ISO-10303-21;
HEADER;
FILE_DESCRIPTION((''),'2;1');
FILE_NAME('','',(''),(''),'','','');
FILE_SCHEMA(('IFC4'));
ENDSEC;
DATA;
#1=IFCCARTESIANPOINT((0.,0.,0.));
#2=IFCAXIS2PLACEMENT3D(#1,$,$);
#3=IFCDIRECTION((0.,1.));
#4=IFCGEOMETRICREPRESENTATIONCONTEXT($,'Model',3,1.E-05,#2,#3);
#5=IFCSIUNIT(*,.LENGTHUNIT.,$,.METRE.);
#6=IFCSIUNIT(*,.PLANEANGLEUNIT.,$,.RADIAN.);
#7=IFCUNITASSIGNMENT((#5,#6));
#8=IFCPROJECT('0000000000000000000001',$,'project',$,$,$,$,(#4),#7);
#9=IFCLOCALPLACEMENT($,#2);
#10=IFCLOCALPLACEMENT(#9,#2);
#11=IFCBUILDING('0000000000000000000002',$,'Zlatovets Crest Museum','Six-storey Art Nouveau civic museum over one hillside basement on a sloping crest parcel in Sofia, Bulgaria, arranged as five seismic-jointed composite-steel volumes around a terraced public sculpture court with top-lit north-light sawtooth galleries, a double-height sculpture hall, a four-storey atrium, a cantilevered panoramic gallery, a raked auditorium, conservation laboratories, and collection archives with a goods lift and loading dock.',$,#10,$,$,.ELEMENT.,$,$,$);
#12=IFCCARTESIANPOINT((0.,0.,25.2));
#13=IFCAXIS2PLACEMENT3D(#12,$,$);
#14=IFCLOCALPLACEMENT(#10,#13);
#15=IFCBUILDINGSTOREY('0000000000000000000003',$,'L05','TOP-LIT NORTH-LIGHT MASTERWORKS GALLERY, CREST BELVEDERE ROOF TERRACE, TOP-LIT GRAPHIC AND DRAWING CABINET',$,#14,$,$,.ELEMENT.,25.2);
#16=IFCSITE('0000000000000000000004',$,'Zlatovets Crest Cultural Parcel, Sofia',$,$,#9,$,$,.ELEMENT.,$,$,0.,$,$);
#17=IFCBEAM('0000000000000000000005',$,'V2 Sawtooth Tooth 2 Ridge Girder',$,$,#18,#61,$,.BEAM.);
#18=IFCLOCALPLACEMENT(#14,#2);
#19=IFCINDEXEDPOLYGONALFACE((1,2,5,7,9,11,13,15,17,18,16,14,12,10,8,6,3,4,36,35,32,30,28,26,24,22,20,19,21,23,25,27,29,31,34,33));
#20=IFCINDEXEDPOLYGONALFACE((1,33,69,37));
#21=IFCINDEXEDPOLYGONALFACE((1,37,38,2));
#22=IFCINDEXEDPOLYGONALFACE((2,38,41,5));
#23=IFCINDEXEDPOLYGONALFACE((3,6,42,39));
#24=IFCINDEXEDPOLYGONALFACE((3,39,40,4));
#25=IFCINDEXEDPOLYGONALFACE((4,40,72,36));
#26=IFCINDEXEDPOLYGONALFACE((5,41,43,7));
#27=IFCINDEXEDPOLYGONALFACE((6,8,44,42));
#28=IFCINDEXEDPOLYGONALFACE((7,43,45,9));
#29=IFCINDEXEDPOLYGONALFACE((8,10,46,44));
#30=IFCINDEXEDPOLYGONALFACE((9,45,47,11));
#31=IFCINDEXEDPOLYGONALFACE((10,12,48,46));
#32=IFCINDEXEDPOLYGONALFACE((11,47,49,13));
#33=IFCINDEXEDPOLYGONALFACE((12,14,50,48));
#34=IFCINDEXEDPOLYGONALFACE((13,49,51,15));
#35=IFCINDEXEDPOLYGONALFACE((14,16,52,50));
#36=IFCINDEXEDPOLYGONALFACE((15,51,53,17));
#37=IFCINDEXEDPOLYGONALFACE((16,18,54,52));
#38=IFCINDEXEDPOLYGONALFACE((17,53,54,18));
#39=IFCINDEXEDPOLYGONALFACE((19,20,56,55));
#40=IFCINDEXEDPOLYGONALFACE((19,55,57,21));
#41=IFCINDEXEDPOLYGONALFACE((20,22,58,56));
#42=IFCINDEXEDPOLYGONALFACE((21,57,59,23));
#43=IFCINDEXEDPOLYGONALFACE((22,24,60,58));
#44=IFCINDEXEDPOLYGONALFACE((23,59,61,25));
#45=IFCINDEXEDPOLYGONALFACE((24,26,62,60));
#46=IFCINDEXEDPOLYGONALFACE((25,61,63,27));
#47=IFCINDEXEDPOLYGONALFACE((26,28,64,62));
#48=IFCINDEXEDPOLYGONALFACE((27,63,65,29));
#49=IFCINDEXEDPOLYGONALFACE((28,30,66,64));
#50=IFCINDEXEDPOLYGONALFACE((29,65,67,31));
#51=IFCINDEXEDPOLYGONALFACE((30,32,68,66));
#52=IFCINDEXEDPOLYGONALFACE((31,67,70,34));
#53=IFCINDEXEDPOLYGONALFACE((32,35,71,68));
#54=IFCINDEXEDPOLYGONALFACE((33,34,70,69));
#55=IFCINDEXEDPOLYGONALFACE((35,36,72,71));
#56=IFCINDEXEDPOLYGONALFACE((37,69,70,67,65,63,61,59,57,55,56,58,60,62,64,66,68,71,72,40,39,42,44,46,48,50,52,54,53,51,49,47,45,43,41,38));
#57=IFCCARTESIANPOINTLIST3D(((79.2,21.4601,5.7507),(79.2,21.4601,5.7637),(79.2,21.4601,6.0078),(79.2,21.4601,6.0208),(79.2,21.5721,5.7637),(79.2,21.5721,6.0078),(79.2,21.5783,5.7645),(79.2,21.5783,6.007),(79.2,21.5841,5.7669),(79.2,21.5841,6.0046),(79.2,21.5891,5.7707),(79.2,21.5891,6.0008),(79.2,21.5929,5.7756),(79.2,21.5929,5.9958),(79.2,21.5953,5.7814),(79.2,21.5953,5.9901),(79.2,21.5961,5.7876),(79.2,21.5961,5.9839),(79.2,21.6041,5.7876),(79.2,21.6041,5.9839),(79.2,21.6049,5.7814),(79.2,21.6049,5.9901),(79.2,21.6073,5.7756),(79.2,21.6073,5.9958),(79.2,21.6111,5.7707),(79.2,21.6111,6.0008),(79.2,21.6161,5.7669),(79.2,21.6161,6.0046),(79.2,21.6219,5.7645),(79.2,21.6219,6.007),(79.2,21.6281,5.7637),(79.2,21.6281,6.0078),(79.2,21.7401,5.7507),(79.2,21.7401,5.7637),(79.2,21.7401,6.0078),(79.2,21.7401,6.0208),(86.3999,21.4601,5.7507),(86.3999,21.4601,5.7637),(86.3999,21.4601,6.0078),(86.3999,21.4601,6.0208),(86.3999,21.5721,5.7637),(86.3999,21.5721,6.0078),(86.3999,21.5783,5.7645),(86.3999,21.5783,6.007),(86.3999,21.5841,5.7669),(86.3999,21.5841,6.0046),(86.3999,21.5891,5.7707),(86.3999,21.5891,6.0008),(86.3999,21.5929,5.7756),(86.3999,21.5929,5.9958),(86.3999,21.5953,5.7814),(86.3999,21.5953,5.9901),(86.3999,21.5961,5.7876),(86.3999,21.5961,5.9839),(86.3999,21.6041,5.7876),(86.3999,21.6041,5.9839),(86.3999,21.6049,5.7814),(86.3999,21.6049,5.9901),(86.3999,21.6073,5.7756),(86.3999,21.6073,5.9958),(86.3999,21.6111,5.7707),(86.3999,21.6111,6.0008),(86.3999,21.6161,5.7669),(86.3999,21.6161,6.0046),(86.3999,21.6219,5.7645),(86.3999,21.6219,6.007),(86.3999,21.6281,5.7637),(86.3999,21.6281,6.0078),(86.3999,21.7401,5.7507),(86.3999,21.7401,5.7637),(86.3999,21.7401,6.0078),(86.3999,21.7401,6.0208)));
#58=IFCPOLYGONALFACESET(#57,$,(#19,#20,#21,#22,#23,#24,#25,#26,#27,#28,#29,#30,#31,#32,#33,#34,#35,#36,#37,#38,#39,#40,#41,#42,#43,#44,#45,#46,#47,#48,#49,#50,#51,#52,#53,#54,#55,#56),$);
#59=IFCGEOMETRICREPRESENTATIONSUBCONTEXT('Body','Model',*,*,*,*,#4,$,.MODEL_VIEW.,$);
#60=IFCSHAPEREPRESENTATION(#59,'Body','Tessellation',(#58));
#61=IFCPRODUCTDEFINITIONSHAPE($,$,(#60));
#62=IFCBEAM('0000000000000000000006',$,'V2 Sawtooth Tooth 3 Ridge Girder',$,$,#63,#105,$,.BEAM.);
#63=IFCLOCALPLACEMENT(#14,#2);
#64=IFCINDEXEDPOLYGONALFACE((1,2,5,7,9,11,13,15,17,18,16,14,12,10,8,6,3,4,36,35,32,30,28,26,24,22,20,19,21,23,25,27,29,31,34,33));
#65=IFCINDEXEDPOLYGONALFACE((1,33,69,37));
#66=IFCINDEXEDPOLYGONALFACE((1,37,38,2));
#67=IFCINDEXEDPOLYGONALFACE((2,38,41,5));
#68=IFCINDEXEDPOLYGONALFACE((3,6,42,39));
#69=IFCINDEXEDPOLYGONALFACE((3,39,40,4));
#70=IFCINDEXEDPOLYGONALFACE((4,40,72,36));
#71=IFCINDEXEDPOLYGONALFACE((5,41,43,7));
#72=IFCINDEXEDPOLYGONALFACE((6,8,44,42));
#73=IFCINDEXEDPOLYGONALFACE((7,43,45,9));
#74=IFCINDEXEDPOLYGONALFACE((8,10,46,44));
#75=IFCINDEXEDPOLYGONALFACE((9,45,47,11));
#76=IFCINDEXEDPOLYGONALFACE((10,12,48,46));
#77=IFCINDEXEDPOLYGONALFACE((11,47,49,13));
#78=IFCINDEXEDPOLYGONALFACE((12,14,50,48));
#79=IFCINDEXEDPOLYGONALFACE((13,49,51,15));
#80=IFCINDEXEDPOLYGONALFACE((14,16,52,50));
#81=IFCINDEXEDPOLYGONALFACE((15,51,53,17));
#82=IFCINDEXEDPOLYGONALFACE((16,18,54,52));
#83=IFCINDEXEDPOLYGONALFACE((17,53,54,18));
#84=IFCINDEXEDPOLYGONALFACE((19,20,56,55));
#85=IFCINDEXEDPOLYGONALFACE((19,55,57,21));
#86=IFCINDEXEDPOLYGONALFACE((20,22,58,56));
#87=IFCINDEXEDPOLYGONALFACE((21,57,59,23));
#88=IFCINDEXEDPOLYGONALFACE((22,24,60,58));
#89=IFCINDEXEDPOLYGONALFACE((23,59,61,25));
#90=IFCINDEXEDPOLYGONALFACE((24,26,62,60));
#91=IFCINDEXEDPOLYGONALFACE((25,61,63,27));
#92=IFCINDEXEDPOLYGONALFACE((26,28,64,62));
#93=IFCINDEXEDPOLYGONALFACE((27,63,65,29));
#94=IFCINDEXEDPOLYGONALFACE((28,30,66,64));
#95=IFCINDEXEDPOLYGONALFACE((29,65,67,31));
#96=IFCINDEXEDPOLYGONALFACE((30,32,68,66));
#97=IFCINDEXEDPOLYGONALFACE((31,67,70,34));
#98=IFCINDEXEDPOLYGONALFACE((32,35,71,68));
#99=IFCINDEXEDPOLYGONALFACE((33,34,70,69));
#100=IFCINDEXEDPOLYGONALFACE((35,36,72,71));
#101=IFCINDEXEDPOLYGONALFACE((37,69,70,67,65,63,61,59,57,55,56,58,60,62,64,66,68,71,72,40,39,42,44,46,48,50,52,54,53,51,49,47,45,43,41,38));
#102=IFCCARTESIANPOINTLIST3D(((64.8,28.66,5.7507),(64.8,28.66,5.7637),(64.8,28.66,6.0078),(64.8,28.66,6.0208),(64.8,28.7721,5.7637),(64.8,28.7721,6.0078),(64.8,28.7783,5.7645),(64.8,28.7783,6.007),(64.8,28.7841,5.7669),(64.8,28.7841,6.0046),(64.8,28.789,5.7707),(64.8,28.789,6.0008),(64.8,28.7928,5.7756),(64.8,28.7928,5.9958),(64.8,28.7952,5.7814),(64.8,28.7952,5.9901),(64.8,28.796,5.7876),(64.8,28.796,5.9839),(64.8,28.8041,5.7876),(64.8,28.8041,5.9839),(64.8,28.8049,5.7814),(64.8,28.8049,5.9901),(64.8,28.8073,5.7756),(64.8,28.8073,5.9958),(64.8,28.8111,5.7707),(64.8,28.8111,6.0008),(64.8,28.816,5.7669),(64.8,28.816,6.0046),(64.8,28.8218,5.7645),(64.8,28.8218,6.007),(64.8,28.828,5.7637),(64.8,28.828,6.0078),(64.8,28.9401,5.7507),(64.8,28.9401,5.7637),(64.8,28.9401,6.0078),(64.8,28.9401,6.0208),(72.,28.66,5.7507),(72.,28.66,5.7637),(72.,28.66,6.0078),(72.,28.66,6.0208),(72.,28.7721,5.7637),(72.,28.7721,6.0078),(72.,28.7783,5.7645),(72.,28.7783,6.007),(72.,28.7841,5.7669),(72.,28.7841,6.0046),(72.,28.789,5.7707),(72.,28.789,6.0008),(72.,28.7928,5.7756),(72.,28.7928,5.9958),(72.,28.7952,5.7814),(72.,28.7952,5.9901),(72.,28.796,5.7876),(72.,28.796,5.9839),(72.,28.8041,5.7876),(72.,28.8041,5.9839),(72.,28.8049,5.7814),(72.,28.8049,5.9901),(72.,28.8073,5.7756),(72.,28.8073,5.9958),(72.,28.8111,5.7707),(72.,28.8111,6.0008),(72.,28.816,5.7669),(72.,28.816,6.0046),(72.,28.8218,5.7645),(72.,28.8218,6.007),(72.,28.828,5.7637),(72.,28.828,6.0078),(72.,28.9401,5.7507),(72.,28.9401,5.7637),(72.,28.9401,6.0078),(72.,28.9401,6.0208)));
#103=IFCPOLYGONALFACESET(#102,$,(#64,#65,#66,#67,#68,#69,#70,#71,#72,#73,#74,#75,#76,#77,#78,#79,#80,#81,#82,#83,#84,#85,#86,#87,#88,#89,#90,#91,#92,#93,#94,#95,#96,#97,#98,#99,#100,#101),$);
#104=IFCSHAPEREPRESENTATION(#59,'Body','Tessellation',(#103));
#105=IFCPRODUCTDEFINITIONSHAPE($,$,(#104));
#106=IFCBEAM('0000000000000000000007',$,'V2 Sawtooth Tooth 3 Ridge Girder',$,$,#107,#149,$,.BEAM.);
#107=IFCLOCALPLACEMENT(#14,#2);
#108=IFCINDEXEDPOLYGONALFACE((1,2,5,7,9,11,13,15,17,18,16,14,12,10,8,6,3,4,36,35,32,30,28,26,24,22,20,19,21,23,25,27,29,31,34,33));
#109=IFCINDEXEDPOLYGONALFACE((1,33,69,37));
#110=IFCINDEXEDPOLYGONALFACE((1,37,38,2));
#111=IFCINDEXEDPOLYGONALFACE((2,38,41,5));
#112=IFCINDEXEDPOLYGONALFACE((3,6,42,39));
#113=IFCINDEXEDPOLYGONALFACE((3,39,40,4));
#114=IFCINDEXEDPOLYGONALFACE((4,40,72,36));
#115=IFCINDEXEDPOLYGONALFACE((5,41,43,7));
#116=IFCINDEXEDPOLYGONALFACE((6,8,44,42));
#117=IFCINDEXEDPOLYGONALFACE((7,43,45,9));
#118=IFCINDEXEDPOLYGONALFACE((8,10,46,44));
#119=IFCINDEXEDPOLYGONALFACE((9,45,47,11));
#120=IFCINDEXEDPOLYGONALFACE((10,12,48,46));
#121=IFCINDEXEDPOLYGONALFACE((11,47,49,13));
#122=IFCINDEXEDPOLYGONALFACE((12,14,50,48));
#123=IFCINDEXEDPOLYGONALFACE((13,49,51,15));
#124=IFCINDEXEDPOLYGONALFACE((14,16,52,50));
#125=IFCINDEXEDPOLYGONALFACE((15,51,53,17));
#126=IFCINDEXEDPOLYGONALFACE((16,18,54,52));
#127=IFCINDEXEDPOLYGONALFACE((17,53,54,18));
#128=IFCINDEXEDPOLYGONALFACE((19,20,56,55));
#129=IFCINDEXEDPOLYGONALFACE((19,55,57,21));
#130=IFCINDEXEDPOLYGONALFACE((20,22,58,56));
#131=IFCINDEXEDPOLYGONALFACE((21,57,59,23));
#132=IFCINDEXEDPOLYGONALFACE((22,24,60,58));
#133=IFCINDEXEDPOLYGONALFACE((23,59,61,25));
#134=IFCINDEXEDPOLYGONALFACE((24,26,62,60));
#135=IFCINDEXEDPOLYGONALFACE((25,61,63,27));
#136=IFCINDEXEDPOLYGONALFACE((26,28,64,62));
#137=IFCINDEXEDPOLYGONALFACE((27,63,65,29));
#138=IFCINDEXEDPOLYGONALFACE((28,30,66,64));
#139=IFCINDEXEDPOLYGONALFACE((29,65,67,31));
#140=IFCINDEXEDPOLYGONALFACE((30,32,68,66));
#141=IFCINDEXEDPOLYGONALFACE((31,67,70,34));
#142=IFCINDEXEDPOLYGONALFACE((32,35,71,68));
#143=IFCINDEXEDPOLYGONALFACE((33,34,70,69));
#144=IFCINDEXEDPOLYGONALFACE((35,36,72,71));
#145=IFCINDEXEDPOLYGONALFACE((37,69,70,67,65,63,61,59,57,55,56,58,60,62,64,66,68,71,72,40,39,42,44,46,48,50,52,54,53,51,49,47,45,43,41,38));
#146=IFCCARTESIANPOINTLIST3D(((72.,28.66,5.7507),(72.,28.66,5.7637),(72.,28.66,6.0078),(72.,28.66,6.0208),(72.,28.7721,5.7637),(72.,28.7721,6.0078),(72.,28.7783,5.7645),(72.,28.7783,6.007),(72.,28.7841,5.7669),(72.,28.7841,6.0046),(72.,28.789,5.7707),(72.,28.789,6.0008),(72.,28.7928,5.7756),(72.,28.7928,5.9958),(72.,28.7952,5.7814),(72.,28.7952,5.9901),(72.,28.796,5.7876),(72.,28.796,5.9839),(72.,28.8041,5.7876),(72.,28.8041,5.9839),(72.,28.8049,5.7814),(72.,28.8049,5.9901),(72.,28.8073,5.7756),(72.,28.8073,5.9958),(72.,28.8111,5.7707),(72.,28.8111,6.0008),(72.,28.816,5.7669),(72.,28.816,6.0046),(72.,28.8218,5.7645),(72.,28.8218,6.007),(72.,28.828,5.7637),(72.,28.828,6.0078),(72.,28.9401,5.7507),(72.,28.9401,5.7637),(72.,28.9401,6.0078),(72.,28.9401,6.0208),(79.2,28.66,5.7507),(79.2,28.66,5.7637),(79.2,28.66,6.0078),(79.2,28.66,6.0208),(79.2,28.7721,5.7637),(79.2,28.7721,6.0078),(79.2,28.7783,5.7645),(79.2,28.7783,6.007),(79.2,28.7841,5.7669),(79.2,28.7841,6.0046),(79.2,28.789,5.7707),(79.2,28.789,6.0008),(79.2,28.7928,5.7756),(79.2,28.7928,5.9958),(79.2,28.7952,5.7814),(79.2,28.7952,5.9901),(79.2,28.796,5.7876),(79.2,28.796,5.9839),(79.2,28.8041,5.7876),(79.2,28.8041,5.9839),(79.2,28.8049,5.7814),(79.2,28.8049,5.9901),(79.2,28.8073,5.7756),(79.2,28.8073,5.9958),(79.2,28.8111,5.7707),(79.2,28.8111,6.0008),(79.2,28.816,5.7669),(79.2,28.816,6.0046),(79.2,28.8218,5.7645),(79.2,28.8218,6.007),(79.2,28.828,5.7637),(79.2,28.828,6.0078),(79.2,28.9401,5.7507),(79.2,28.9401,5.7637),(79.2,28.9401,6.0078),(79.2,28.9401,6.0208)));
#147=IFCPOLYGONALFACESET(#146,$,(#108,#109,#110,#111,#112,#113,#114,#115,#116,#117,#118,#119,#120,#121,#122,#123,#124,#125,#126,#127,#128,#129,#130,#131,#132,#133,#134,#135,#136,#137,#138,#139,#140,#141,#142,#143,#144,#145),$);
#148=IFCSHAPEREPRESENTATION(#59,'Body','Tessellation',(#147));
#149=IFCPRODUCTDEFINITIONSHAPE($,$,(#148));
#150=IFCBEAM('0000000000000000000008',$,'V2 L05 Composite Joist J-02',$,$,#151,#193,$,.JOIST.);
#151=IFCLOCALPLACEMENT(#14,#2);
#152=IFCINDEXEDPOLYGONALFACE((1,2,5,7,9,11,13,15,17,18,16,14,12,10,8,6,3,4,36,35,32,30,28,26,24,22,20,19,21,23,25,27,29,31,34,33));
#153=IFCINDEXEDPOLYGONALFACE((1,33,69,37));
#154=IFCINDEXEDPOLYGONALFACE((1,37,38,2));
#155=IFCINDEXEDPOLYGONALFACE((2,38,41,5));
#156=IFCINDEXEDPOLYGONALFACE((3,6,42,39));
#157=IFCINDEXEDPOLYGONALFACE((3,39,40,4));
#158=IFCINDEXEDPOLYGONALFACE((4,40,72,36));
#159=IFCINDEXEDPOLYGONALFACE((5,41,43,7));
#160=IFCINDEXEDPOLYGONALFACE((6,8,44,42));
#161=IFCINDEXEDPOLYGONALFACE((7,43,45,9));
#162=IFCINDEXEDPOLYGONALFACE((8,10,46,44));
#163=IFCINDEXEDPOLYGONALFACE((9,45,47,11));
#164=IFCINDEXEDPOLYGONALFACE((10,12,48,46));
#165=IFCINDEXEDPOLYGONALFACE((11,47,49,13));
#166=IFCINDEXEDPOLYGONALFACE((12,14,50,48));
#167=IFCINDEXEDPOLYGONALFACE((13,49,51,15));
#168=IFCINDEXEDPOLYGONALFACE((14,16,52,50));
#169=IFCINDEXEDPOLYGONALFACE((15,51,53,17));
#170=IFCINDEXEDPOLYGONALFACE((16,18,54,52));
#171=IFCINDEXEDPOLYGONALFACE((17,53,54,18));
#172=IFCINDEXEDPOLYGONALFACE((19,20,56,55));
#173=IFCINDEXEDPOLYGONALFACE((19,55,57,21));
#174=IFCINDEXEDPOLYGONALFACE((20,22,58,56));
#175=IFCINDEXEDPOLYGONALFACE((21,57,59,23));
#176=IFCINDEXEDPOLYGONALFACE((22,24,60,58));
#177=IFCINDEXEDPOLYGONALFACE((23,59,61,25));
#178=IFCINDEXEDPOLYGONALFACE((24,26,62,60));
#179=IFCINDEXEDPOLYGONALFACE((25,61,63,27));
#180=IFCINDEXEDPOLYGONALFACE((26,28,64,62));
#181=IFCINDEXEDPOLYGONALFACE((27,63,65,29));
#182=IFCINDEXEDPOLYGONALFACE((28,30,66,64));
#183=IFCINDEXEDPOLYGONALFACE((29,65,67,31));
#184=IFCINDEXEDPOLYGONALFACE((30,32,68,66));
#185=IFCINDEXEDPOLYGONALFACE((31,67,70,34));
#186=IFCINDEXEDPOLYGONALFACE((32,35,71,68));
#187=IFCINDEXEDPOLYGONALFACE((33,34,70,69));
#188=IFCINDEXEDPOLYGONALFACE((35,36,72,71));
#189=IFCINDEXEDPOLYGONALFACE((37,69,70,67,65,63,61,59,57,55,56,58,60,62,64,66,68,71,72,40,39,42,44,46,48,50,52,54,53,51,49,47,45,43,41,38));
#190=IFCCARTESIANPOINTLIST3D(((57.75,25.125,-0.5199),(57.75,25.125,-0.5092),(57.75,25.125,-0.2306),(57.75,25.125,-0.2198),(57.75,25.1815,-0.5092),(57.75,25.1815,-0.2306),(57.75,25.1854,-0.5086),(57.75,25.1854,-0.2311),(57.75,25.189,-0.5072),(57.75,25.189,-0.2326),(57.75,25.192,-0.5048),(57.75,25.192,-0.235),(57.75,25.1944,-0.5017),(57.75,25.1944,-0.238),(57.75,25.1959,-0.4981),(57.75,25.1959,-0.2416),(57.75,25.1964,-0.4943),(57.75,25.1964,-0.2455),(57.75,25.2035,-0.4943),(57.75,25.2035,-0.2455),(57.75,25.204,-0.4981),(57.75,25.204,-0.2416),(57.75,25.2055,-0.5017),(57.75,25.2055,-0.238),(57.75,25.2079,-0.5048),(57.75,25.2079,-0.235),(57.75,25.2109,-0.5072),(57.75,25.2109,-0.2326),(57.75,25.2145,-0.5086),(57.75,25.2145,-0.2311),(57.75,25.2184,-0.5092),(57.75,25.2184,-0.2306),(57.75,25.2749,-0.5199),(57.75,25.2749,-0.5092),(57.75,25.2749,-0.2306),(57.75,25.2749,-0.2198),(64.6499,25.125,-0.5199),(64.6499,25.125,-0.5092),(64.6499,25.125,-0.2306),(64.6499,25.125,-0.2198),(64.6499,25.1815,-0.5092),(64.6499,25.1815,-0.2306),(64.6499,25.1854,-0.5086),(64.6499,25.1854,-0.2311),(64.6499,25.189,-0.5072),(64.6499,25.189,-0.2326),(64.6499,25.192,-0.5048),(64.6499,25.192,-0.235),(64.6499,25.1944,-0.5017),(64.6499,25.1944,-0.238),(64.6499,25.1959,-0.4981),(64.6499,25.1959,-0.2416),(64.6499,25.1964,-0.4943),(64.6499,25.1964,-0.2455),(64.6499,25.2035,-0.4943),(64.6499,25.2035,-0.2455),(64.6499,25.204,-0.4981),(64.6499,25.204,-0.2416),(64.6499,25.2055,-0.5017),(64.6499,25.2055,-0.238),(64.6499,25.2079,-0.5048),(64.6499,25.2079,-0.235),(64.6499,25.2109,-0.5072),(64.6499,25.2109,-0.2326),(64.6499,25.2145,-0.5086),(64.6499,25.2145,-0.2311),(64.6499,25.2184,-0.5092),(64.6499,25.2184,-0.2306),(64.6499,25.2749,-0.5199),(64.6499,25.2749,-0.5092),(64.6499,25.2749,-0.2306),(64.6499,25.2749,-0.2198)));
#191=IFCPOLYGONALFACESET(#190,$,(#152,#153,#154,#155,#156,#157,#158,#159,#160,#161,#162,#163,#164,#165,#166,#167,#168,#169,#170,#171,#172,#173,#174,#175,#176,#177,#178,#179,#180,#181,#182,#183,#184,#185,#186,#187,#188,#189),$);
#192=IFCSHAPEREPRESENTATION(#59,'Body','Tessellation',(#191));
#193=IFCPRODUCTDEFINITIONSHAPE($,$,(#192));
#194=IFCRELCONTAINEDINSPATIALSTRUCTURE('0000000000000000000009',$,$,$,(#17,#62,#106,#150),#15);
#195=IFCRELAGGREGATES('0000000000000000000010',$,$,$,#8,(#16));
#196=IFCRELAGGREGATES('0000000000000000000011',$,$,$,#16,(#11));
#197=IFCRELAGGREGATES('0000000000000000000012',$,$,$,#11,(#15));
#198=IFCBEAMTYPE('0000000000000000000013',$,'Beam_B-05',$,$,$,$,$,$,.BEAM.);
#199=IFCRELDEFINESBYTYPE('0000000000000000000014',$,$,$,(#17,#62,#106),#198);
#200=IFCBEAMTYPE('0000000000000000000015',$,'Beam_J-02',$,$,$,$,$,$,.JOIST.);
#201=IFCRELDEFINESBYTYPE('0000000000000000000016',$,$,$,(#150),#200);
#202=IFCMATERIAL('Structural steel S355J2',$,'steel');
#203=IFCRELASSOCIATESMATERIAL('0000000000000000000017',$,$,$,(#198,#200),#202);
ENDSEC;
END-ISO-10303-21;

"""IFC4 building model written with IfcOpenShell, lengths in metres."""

from ifc_helpers import new_model, si_unit, direction, frame, origin, origin_2d, place, context, subcontext, project, spatial, i_section, extrude, material, material_profile, profile_set, type_object, element, save


model = new_model("IFC4")

# Units and contexts
model_context = context("Model", 3, precision=1e-05, world=origin(), true_north=direction((0.0, 1.0)))
body_context = subcontext(model_context, "Body", "Model", "MODEL_VIEW")
ifc_project = project(units=[si_unit("LENGTHUNIT", "METRE"), si_unit("PLANEANGLEUNIT", "RADIAN")], contexts=[model_context])

# Site, building, storey
site_placement = place(None, origin())
site = spatial("IfcSite", under=ifc_project, at=site_placement, Name="Zlatovets Crest Cultural Parcel, Sofia", CompositionType="ELEMENT", RefElevation=0.0)
building_placement = place(site_placement, origin())
building = spatial("IfcBuilding", under=site, at=building_placement, Name="Zlatovets Crest Museum", Description="Six-storey Art Nouveau civic museum over one hillside basement on a sloping crest parcel in Sofia, Bulgaria, arranged as five seismic-jointed composite-steel volumes around a terraced public sculpture court with top-lit north-light sawtooth galleries, a double-height sculpture hall, a four-storey atrium, a cantilevered panoramic gallery, a raked auditorium, conservation laboratories, and collection archives with a goods lift and loading dock.", CompositionType="ELEMENT")
storey_placement = place(building_placement, frame((0.0, 0.0, 25.2)))
storey = spatial("IfcBuildingStorey", under=building, at=storey_placement, Name="L05", Description="TOP-LIT NORTH-LIGHT MASTERWORKS GALLERY, CREST BELVEDERE ROOF TERRACE, TOP-LIT GRAPHIC AND DRAWING CABINET", CompositionType="ELEMENT", Elevation=25.2)

# Beams
ifc_material_1 = material(Name="Structural steel S355J2", Category="steel")
ifc_material_profile_1 = material_profile(ifc_material_1, i_section(OverallWidth=0.28, OverallDepth=0.27, WebThickness=0.0081, FlangeThickness=0.0129, FilletRadius=0.0239, at=origin_2d()), Name="HEA 280")
ifc_profile_set_1 = profile_set([ifc_material_profile_1], Name="Structural steel S355J2")
beam_type_1 = type_object("IfcBeamType", Name="Beam_B-05", PredefinedType="BEAM", material=ifc_profile_set_1)
for number, where, z_axis, x_axis, name in (
    (1, (79.2, 21.6001, 5.8857), (1.0, 0.0, 0.0), (0.0, 1.0, 0.0), "V2 Sawtooth Tooth 2 Ridge Girder"),
    (2, (64.8, 28.8, 5.8857), (1.0, 0.0, 0.0), (0.0, 1.0, 0.0), "V2 Sawtooth Tooth 3 Ridge Girder"),
    (3, (72.0, 28.8, 5.8857), (1.0, 0.0, 0.0), (0.0, 1.0, 0.0), "V2 Sawtooth Tooth 3 Ridge Girder"),
):
    element("IfcBeam", number, at=place(storey_placement, frame(where, z_axis=z_axis, x_axis=x_axis)), inside=storey, type_object=beam_type_1, Name=name, PredefinedType="BEAM", context=body_context, shape_type="SweptSolid", body=[
        extrude(i_section(OverallWidth=0.28, OverallDepth=0.27, WebThickness=0.0081, FlangeThickness=0.0129, FilletRadius=0.0239, at=origin_2d()), origin(), (0.0, 0.0, 1.0), 7.2),
    ])
ifc_material_profile_2 = material_profile(ifc_material_1, i_section(OverallWidth=0.1499, OverallDepth=0.3, WebThickness=0.0071, FlangeThickness=0.0107, FilletRadius=0.0149, at=origin_2d()), Name="IPE 300")
ifc_profile_set_2 = profile_set([ifc_material_profile_2], Name="Structural steel S355J2")
beam_type_2 = type_object("IfcBeamType", Name="Beam_J-02", PredefinedType="JOIST", material=ifc_profile_set_2)
beam_1_placement = place(storey_placement, frame((57.75, 25.2, -0.3699), z_axis=(1.0, 0.0, 0.0), x_axis=(0.0, 1.0, 0.0)))
element("IfcBeam", 4, at=beam_1_placement, inside=storey, type_object=beam_type_2, Name="V2 L05 Composite Joist J-02", PredefinedType="JOIST", context=body_context, shape_type="SweptSolid", body=[
    extrude(i_section(OverallWidth=0.1499, OverallDepth=0.3, WebThickness=0.0071, FlangeThickness=0.0107, FilletRadius=0.0149, at=origin_2d()), origin(), (0.0, 0.0, 1.0), 6.8999),
])

save(model, "model.ifc")
